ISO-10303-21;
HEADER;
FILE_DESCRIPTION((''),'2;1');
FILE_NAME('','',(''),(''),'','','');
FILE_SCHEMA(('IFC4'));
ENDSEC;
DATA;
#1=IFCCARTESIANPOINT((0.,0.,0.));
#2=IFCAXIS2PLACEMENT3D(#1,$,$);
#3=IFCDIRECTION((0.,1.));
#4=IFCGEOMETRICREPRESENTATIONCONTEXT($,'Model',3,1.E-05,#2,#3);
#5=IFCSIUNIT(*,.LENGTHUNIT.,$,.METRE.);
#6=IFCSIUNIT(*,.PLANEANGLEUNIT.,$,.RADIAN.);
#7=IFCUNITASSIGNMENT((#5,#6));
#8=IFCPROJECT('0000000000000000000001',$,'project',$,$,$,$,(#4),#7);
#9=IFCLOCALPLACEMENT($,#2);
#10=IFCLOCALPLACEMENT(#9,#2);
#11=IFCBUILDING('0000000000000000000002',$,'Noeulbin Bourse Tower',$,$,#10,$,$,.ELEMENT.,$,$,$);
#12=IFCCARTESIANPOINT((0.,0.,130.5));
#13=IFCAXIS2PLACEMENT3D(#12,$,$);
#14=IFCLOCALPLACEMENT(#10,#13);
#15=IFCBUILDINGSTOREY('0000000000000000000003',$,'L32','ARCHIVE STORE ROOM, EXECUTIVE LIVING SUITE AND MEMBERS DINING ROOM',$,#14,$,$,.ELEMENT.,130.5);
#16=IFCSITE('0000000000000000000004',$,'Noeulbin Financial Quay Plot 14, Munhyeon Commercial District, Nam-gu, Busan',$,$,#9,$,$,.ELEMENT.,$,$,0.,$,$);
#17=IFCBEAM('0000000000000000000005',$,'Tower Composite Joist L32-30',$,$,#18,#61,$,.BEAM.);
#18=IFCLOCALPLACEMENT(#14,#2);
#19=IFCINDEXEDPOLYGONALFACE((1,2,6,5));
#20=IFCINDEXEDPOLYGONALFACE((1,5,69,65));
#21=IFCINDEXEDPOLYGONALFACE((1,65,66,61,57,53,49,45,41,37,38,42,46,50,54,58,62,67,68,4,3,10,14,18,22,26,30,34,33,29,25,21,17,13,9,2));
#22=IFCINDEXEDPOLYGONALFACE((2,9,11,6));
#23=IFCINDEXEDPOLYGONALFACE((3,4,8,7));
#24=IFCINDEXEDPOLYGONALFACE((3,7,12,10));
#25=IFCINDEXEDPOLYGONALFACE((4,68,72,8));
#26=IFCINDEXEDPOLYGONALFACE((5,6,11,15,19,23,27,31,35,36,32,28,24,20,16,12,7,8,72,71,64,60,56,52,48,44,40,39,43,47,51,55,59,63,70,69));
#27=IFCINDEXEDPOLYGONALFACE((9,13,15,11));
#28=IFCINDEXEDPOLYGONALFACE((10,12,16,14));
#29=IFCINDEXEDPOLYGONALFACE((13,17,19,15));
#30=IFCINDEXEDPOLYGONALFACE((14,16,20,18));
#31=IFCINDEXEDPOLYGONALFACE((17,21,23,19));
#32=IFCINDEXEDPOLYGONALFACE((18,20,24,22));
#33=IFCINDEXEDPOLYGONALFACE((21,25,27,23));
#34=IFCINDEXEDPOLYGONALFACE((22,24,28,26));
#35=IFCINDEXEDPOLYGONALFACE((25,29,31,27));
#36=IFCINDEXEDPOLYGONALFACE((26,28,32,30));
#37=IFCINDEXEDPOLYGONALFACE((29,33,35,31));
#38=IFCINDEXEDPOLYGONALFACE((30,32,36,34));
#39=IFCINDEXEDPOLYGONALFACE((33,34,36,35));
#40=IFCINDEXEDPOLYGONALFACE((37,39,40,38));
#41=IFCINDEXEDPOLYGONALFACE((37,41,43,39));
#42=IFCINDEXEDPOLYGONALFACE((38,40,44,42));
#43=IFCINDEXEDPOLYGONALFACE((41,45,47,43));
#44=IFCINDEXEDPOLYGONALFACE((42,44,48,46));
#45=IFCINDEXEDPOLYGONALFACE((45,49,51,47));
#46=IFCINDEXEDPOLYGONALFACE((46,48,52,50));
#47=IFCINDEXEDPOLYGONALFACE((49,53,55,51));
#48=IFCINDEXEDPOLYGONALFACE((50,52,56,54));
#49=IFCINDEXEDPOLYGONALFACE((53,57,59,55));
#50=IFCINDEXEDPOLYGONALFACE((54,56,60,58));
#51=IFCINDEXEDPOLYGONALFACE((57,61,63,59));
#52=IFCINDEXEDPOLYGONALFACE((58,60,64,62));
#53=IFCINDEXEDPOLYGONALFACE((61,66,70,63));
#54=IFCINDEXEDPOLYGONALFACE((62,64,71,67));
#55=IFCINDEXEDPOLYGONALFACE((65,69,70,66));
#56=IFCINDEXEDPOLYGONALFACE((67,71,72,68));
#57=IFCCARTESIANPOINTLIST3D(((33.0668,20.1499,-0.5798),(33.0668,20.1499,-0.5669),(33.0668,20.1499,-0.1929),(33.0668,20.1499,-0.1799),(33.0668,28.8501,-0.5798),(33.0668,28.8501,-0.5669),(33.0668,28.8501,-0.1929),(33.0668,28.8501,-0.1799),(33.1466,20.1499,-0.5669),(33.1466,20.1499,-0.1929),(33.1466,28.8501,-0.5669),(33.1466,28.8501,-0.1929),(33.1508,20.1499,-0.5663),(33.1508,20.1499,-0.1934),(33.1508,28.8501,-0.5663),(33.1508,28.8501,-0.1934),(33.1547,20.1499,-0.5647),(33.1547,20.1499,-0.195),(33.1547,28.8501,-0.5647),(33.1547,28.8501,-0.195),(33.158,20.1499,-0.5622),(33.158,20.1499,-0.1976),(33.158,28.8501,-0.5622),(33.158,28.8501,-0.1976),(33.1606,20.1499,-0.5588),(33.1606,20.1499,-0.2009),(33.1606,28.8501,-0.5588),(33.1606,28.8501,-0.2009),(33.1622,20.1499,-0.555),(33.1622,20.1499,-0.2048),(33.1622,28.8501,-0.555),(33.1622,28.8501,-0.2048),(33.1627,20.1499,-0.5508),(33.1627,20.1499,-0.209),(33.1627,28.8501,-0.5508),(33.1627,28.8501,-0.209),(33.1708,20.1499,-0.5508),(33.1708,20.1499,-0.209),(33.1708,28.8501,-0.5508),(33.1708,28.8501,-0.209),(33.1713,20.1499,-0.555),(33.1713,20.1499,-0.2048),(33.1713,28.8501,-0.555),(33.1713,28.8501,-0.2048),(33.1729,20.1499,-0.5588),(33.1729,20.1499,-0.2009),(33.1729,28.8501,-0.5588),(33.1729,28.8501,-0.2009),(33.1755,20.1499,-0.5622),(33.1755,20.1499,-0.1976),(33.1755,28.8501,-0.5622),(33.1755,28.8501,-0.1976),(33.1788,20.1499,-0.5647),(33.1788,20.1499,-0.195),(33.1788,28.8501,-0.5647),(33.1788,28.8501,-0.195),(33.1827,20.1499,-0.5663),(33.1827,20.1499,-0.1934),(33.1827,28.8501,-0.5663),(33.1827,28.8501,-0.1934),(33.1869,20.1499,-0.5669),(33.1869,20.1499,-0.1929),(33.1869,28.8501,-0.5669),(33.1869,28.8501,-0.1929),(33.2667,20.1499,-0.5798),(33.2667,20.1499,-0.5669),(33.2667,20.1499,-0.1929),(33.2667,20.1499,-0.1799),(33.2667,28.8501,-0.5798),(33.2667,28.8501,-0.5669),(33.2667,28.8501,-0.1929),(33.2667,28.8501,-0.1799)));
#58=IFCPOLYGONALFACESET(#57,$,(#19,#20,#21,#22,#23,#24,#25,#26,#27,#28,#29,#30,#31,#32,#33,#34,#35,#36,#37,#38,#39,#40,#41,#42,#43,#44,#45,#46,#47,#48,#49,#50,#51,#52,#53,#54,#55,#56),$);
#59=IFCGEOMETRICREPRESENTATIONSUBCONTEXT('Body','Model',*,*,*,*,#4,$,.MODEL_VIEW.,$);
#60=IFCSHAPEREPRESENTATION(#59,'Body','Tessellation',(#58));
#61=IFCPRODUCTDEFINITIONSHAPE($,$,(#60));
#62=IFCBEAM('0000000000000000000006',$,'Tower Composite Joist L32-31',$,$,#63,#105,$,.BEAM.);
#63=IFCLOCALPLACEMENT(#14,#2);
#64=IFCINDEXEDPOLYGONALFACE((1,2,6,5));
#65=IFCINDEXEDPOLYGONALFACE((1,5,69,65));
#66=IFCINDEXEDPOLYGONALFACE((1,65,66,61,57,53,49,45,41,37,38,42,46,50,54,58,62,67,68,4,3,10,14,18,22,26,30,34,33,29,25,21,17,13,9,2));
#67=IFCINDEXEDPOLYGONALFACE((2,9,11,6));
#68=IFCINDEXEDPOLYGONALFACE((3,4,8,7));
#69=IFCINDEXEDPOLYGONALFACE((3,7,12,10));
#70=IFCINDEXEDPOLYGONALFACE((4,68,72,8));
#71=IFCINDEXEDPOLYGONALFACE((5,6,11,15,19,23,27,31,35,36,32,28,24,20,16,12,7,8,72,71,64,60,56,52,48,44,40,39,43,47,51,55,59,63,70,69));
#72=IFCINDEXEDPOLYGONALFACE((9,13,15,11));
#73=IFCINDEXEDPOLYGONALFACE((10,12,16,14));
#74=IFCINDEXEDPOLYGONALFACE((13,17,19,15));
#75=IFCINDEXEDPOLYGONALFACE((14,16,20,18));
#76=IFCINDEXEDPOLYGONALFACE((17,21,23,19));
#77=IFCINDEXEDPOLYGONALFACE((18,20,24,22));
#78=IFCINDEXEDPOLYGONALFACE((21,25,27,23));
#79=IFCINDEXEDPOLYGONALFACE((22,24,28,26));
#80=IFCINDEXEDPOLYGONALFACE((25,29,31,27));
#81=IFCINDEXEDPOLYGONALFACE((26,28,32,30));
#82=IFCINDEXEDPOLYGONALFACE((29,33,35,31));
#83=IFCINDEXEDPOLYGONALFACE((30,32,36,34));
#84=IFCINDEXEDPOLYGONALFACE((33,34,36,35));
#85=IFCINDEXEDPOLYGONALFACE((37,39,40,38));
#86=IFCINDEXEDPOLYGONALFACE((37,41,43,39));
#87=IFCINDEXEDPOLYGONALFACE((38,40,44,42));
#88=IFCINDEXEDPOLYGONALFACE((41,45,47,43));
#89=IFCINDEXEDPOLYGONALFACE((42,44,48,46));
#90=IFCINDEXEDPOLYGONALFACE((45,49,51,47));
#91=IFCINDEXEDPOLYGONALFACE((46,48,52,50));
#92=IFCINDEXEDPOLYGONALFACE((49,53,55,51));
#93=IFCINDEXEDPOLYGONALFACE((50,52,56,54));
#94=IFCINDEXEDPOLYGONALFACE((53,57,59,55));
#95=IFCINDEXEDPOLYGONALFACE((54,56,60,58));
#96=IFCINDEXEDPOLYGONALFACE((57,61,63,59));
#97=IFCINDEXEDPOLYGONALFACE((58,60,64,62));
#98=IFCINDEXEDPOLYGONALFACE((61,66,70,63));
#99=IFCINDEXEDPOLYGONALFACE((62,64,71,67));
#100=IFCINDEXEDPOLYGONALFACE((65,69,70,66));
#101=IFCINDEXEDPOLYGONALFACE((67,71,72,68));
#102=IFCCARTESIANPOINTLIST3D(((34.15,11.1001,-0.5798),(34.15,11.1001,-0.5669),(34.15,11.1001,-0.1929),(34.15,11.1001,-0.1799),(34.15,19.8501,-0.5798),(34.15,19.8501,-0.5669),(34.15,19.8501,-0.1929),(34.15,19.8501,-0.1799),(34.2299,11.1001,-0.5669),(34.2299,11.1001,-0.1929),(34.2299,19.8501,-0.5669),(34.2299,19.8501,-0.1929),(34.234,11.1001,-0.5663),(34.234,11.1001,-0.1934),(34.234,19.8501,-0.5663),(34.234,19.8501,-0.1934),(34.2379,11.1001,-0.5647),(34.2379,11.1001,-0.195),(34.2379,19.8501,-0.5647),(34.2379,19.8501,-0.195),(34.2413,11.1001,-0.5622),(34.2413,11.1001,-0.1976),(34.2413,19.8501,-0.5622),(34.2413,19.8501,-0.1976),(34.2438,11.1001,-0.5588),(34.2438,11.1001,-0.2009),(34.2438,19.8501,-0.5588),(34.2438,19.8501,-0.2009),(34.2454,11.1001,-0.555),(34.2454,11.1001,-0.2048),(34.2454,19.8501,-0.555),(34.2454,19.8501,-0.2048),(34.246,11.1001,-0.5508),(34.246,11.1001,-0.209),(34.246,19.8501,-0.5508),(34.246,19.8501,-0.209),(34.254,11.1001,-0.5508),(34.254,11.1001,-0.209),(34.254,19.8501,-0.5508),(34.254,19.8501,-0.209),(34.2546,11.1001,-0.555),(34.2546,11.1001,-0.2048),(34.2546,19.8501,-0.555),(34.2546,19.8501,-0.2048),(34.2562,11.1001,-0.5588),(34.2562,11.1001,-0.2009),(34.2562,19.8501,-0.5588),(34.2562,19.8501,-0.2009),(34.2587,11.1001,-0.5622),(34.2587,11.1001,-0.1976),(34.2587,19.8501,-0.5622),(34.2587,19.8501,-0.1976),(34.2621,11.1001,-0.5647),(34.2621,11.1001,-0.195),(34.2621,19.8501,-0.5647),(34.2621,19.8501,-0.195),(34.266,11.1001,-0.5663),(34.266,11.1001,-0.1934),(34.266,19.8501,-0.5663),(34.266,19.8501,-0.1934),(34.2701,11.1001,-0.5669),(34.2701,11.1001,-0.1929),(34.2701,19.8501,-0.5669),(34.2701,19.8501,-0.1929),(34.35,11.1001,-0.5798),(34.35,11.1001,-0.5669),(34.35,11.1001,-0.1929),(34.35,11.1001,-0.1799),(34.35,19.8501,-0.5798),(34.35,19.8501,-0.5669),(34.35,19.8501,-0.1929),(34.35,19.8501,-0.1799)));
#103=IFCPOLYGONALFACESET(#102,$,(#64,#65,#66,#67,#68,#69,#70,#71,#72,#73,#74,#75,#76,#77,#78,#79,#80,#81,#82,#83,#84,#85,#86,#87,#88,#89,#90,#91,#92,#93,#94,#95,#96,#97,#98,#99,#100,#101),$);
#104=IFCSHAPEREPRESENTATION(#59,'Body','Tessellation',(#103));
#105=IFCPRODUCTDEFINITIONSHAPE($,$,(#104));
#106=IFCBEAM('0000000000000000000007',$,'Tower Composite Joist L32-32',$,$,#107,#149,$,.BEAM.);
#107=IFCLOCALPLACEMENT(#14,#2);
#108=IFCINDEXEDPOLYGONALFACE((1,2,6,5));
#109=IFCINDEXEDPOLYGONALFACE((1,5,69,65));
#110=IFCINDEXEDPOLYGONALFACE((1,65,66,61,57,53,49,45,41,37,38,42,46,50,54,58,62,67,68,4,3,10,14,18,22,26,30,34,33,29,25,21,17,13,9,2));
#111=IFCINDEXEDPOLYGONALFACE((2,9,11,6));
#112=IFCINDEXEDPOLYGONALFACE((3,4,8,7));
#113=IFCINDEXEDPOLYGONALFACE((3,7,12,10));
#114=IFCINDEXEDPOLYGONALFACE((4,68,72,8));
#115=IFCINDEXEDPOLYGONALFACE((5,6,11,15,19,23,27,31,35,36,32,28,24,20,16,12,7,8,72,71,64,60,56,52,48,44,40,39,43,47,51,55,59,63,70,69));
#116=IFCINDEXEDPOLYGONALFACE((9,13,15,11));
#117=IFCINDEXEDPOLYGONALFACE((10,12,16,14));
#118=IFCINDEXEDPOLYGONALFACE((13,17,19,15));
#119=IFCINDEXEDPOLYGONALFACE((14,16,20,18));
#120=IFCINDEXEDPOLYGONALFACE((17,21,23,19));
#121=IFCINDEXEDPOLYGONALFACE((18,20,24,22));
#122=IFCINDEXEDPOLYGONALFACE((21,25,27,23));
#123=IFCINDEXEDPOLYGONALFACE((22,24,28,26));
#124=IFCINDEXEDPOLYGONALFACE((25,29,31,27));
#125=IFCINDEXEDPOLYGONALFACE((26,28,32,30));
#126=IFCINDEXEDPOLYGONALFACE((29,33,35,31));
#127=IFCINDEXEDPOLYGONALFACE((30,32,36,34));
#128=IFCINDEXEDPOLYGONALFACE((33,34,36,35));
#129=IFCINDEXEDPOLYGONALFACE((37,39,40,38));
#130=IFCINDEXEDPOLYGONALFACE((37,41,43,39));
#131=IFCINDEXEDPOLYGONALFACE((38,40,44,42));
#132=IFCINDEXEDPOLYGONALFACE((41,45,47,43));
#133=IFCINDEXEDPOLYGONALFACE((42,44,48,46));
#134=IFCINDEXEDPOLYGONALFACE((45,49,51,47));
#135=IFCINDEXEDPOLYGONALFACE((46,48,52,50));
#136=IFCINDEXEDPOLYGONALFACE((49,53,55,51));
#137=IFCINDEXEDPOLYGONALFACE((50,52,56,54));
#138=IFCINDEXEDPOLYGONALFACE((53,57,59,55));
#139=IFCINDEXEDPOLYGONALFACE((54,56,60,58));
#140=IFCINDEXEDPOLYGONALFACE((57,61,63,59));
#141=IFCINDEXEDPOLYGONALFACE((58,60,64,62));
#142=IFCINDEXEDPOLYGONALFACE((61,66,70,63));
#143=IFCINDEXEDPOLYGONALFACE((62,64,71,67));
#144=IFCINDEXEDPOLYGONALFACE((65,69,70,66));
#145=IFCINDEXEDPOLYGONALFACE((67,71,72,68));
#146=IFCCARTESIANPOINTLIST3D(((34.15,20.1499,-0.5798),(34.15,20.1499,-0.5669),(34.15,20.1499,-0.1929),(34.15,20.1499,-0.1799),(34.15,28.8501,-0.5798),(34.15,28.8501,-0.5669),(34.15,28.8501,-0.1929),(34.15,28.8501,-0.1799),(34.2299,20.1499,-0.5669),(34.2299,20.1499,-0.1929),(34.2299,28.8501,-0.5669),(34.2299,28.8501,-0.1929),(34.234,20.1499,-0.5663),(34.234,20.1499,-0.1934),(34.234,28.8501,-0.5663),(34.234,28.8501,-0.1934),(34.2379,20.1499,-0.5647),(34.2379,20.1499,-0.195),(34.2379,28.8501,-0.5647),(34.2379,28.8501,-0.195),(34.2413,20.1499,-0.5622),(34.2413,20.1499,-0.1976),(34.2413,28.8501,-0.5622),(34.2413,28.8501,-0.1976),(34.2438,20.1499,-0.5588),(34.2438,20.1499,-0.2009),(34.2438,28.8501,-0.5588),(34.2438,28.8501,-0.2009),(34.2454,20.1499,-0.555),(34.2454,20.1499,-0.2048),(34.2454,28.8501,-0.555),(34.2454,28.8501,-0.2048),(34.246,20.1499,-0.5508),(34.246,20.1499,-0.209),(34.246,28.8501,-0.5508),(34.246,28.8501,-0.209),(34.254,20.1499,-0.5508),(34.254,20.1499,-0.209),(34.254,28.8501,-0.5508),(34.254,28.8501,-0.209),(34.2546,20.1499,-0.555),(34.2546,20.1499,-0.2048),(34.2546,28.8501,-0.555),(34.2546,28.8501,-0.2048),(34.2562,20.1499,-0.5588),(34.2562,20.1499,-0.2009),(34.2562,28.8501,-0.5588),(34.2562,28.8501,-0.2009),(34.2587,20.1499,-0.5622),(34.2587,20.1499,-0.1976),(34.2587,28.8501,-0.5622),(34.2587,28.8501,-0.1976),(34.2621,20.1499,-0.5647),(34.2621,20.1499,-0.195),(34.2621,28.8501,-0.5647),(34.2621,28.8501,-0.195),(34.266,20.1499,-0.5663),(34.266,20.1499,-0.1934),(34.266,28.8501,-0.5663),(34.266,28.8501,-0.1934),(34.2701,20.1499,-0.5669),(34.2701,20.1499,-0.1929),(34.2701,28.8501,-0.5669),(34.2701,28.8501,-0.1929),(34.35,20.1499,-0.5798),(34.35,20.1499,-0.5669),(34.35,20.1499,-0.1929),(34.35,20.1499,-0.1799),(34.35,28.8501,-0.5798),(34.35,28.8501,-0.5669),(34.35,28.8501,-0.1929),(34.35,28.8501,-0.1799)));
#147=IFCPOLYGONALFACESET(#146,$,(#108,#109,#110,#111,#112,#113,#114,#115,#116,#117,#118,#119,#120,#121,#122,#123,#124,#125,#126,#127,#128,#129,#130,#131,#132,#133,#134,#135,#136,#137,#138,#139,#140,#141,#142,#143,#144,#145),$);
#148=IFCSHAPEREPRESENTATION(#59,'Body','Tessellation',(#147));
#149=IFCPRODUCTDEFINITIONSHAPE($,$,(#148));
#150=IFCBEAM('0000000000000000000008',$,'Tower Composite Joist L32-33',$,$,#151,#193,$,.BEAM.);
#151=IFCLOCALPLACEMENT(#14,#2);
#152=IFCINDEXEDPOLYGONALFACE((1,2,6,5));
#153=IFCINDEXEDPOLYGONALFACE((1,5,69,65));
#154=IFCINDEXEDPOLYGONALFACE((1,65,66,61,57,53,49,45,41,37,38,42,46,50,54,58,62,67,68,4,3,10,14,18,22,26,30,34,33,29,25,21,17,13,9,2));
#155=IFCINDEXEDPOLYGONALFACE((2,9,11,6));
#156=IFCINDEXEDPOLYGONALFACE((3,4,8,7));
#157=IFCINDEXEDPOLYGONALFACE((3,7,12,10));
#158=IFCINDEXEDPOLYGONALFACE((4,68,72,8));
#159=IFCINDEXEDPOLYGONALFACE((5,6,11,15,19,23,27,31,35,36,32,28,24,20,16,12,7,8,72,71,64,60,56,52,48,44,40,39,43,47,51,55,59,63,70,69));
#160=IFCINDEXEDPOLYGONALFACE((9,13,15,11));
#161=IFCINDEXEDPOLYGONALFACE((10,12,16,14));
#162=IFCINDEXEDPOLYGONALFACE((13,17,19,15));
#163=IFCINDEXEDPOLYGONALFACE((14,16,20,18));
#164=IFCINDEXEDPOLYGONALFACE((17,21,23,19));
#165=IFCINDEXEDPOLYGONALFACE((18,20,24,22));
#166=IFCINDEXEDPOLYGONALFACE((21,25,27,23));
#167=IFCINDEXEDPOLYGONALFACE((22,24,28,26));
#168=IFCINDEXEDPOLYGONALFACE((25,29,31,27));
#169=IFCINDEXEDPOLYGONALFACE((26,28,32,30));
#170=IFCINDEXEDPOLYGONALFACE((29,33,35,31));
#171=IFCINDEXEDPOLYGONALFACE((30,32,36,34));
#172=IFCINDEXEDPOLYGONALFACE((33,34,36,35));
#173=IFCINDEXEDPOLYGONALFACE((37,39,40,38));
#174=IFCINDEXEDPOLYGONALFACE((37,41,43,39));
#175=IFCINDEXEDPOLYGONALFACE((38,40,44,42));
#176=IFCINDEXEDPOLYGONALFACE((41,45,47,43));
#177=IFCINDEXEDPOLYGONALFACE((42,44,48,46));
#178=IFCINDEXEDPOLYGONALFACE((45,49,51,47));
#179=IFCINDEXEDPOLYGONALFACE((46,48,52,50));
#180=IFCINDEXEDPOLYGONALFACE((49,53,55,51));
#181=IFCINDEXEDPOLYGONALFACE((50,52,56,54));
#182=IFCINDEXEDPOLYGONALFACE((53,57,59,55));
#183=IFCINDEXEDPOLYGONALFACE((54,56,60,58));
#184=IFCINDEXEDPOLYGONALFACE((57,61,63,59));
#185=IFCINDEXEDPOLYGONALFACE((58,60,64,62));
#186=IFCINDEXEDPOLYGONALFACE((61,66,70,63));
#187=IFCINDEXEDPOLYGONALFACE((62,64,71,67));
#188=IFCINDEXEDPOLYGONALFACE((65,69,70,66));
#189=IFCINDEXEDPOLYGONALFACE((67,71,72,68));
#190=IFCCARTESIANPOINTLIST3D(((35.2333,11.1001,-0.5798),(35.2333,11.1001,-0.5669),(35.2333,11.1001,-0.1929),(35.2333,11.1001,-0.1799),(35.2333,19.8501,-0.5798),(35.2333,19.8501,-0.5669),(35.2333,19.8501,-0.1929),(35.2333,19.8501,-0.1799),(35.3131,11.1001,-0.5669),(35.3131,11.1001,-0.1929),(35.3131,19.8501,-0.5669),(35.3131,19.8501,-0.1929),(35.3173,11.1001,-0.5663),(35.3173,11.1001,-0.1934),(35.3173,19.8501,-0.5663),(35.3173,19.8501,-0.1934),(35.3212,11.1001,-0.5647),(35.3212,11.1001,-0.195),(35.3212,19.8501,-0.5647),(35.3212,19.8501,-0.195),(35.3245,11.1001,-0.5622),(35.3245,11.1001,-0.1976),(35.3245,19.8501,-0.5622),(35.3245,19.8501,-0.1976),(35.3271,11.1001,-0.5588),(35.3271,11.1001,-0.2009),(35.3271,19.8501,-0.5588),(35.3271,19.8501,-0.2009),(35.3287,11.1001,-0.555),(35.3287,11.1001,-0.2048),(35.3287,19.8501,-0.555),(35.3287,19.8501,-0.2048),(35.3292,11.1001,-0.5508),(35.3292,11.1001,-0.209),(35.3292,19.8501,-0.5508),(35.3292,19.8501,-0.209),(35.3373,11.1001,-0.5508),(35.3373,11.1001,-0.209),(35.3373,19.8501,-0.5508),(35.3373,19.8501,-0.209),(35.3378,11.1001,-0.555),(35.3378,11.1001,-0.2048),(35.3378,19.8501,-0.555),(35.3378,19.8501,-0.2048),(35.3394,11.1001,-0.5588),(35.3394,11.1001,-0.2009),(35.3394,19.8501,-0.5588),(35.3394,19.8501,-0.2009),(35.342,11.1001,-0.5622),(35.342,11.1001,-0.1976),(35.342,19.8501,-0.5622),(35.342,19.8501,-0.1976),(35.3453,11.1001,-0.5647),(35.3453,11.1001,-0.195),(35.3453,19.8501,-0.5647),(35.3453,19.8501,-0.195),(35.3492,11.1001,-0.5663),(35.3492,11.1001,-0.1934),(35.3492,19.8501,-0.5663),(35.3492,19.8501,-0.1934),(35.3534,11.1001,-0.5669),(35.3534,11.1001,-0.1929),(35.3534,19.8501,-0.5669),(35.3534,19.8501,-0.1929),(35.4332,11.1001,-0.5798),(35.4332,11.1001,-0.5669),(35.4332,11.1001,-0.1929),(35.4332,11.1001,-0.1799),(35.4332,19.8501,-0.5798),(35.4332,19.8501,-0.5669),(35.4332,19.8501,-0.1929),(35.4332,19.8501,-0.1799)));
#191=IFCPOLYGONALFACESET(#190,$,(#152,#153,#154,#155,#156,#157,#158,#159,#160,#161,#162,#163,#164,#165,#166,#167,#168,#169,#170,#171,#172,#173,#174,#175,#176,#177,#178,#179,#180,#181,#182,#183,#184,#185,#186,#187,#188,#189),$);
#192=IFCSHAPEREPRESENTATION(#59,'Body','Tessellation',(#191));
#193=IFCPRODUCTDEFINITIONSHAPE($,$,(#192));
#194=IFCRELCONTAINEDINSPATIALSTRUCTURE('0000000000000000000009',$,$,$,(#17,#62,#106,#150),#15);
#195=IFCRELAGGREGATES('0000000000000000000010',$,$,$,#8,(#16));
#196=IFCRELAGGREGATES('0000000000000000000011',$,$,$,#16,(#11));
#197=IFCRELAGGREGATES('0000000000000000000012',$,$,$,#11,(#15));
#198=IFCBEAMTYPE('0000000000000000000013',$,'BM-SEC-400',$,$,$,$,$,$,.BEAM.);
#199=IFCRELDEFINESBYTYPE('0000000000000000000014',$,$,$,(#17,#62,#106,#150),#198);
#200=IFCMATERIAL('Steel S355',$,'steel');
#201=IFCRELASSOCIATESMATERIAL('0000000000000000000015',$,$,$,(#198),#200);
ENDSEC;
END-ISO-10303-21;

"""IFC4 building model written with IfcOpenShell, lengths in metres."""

from ifc_helpers import new_model, si_unit, direction, frame, origin, origin_2d, place, context, subcontext, project, spatial, i_section, extrude, material, material_profile, profile_set, type_object, element, save


model = new_model("IFC4")

# Units and contexts
model_context = context("Model", 3, precision=1e-05, world=origin(), true_north=direction((0.0, 1.0)))
body_context = subcontext(model_context, "Body", "Model", "MODEL_VIEW")
ifc_project = project(units=[si_unit("LENGTHUNIT", "METRE"), si_unit("PLANEANGLEUNIT", "RADIAN")], contexts=[model_context])

# Site, building, storey
site_placement = place(None, origin())
site = spatial("IfcSite", under=ifc_project, at=site_placement, Name="Noeulbin Financial Quay Plot 14, Munhyeon Commercial District, Nam-gu, Busan", CompositionType="ELEMENT", RefElevation=0.0)
building_placement = place(site_placement, origin())
building = spatial("IfcBuilding", under=site, at=building_placement, Name="Noeulbin Bourse Tower", CompositionType="ELEMENT")
storey_placement = place(building_placement, frame((0.0, 0.0, 130.5)))
storey = spatial("IfcBuildingStorey", under=building, at=storey_placement, Name="L32", Description="ARCHIVE STORE ROOM, EXECUTIVE LIVING SUITE AND MEMBERS DINING ROOM", CompositionType="ELEMENT", Elevation=130.5)

# Shared definitions
ifc_material_1 = material(Name="Steel S355", Category="steel")

# Beams
ifc_material_profile_1 = material_profile(ifc_material_1, i_section(OverallWidth=0.2, OverallDepth=0.3999, WebThickness=0.0081, FlangeThickness=0.0129, FilletRadius=0.0161, at=origin_2d()), Name="H-400x200x8x13", Category="LoadBearing")
ifc_profile_set_1 = profile_set([ifc_material_profile_1], Name="Steel S355")
beam_type_1 = type_object("IfcBeamType", Name="BM-SEC-400", PredefinedType="BEAM", material=ifc_profile_set_1)
beam_1_placement = place(storey_placement, frame((33.1667, 20.1499, -0.3799), z_axis=(0.0, 1.0, 0.0), x_axis=(-1.0, 0.0, 0.0)))
element("IfcBeam", 1, at=beam_1_placement, inside=storey, type_object=beam_type_1, Name="Tower Composite Joist L32-30", PredefinedType="BEAM", context=body_context, shape_type="SweptSolid", body=[
    extrude(i_section(OverallWidth=0.2, OverallDepth=0.3999, WebThickness=0.0081, FlangeThickness=0.0129, FilletRadius=0.0161, at=origin_2d()), origin(), (0.0, 0.0, 1.0), 8.7002),
])
beam_2_placement = place(storey_placement, frame((34.25, 11.1001, -0.3799), z_axis=(0.0, 1.0, 0.0), x_axis=(-1.0, 0.0, 0.0)))
element("IfcBeam", 2, at=beam_2_placement, inside=storey, type_object=beam_type_1, Name="Tower Composite Joist L32-31", PredefinedType="BEAM", context=body_context, shape_type="SweptSolid", body=[
    extrude(i_section(OverallWidth=0.2, OverallDepth=0.3999, WebThickness=0.0081, FlangeThickness=0.0129, FilletRadius=0.0161, at=origin_2d()), origin(), (0.0, 0.0, 1.0), 8.75),
])
beam_3_placement = place(storey_placement, frame((34.25, 20.1499, -0.3799), z_axis=(0.0, 1.0, 0.0), x_axis=(-1.0, 0.0, 0.0)))
element("IfcBeam", 3, at=beam_3_placement, inside=storey, type_object=beam_type_1, Name="Tower Composite Joist L32-32", PredefinedType="BEAM", context=body_context, shape_type="SweptSolid", body=[
    extrude(i_section(OverallWidth=0.2, OverallDepth=0.3999, WebThickness=0.0081, FlangeThickness=0.0129, FilletRadius=0.0161, at=origin_2d()), origin(), (0.0, 0.0, 1.0), 8.7002),
])
for number, where, z_axis, x_axis, name in (
    (4, (35.3333, 11.1001, -0.3799), (0.0, 1.0, 0.0), (-1.0, 0.0, 0.0), "Tower Composite Joist L32-33"),
):
    element("IfcBeam", number, at=place(storey_placement, frame(where, z_axis=z_axis, x_axis=x_axis)), inside=storey, type_object=beam_type_1, Name=name, PredefinedType="BEAM", context=body_context, shape_type="SweptSolid", body=[
        extrude(i_section(OverallWidth=0.2, OverallDepth=0.3999, WebThickness=0.0081, FlangeThickness=0.0129, FilletRadius=0.0161, at=origin_2d()), origin(), (0.0, 0.0, 1.0), 8.75),
    ])

save(model, "model.ifc")
